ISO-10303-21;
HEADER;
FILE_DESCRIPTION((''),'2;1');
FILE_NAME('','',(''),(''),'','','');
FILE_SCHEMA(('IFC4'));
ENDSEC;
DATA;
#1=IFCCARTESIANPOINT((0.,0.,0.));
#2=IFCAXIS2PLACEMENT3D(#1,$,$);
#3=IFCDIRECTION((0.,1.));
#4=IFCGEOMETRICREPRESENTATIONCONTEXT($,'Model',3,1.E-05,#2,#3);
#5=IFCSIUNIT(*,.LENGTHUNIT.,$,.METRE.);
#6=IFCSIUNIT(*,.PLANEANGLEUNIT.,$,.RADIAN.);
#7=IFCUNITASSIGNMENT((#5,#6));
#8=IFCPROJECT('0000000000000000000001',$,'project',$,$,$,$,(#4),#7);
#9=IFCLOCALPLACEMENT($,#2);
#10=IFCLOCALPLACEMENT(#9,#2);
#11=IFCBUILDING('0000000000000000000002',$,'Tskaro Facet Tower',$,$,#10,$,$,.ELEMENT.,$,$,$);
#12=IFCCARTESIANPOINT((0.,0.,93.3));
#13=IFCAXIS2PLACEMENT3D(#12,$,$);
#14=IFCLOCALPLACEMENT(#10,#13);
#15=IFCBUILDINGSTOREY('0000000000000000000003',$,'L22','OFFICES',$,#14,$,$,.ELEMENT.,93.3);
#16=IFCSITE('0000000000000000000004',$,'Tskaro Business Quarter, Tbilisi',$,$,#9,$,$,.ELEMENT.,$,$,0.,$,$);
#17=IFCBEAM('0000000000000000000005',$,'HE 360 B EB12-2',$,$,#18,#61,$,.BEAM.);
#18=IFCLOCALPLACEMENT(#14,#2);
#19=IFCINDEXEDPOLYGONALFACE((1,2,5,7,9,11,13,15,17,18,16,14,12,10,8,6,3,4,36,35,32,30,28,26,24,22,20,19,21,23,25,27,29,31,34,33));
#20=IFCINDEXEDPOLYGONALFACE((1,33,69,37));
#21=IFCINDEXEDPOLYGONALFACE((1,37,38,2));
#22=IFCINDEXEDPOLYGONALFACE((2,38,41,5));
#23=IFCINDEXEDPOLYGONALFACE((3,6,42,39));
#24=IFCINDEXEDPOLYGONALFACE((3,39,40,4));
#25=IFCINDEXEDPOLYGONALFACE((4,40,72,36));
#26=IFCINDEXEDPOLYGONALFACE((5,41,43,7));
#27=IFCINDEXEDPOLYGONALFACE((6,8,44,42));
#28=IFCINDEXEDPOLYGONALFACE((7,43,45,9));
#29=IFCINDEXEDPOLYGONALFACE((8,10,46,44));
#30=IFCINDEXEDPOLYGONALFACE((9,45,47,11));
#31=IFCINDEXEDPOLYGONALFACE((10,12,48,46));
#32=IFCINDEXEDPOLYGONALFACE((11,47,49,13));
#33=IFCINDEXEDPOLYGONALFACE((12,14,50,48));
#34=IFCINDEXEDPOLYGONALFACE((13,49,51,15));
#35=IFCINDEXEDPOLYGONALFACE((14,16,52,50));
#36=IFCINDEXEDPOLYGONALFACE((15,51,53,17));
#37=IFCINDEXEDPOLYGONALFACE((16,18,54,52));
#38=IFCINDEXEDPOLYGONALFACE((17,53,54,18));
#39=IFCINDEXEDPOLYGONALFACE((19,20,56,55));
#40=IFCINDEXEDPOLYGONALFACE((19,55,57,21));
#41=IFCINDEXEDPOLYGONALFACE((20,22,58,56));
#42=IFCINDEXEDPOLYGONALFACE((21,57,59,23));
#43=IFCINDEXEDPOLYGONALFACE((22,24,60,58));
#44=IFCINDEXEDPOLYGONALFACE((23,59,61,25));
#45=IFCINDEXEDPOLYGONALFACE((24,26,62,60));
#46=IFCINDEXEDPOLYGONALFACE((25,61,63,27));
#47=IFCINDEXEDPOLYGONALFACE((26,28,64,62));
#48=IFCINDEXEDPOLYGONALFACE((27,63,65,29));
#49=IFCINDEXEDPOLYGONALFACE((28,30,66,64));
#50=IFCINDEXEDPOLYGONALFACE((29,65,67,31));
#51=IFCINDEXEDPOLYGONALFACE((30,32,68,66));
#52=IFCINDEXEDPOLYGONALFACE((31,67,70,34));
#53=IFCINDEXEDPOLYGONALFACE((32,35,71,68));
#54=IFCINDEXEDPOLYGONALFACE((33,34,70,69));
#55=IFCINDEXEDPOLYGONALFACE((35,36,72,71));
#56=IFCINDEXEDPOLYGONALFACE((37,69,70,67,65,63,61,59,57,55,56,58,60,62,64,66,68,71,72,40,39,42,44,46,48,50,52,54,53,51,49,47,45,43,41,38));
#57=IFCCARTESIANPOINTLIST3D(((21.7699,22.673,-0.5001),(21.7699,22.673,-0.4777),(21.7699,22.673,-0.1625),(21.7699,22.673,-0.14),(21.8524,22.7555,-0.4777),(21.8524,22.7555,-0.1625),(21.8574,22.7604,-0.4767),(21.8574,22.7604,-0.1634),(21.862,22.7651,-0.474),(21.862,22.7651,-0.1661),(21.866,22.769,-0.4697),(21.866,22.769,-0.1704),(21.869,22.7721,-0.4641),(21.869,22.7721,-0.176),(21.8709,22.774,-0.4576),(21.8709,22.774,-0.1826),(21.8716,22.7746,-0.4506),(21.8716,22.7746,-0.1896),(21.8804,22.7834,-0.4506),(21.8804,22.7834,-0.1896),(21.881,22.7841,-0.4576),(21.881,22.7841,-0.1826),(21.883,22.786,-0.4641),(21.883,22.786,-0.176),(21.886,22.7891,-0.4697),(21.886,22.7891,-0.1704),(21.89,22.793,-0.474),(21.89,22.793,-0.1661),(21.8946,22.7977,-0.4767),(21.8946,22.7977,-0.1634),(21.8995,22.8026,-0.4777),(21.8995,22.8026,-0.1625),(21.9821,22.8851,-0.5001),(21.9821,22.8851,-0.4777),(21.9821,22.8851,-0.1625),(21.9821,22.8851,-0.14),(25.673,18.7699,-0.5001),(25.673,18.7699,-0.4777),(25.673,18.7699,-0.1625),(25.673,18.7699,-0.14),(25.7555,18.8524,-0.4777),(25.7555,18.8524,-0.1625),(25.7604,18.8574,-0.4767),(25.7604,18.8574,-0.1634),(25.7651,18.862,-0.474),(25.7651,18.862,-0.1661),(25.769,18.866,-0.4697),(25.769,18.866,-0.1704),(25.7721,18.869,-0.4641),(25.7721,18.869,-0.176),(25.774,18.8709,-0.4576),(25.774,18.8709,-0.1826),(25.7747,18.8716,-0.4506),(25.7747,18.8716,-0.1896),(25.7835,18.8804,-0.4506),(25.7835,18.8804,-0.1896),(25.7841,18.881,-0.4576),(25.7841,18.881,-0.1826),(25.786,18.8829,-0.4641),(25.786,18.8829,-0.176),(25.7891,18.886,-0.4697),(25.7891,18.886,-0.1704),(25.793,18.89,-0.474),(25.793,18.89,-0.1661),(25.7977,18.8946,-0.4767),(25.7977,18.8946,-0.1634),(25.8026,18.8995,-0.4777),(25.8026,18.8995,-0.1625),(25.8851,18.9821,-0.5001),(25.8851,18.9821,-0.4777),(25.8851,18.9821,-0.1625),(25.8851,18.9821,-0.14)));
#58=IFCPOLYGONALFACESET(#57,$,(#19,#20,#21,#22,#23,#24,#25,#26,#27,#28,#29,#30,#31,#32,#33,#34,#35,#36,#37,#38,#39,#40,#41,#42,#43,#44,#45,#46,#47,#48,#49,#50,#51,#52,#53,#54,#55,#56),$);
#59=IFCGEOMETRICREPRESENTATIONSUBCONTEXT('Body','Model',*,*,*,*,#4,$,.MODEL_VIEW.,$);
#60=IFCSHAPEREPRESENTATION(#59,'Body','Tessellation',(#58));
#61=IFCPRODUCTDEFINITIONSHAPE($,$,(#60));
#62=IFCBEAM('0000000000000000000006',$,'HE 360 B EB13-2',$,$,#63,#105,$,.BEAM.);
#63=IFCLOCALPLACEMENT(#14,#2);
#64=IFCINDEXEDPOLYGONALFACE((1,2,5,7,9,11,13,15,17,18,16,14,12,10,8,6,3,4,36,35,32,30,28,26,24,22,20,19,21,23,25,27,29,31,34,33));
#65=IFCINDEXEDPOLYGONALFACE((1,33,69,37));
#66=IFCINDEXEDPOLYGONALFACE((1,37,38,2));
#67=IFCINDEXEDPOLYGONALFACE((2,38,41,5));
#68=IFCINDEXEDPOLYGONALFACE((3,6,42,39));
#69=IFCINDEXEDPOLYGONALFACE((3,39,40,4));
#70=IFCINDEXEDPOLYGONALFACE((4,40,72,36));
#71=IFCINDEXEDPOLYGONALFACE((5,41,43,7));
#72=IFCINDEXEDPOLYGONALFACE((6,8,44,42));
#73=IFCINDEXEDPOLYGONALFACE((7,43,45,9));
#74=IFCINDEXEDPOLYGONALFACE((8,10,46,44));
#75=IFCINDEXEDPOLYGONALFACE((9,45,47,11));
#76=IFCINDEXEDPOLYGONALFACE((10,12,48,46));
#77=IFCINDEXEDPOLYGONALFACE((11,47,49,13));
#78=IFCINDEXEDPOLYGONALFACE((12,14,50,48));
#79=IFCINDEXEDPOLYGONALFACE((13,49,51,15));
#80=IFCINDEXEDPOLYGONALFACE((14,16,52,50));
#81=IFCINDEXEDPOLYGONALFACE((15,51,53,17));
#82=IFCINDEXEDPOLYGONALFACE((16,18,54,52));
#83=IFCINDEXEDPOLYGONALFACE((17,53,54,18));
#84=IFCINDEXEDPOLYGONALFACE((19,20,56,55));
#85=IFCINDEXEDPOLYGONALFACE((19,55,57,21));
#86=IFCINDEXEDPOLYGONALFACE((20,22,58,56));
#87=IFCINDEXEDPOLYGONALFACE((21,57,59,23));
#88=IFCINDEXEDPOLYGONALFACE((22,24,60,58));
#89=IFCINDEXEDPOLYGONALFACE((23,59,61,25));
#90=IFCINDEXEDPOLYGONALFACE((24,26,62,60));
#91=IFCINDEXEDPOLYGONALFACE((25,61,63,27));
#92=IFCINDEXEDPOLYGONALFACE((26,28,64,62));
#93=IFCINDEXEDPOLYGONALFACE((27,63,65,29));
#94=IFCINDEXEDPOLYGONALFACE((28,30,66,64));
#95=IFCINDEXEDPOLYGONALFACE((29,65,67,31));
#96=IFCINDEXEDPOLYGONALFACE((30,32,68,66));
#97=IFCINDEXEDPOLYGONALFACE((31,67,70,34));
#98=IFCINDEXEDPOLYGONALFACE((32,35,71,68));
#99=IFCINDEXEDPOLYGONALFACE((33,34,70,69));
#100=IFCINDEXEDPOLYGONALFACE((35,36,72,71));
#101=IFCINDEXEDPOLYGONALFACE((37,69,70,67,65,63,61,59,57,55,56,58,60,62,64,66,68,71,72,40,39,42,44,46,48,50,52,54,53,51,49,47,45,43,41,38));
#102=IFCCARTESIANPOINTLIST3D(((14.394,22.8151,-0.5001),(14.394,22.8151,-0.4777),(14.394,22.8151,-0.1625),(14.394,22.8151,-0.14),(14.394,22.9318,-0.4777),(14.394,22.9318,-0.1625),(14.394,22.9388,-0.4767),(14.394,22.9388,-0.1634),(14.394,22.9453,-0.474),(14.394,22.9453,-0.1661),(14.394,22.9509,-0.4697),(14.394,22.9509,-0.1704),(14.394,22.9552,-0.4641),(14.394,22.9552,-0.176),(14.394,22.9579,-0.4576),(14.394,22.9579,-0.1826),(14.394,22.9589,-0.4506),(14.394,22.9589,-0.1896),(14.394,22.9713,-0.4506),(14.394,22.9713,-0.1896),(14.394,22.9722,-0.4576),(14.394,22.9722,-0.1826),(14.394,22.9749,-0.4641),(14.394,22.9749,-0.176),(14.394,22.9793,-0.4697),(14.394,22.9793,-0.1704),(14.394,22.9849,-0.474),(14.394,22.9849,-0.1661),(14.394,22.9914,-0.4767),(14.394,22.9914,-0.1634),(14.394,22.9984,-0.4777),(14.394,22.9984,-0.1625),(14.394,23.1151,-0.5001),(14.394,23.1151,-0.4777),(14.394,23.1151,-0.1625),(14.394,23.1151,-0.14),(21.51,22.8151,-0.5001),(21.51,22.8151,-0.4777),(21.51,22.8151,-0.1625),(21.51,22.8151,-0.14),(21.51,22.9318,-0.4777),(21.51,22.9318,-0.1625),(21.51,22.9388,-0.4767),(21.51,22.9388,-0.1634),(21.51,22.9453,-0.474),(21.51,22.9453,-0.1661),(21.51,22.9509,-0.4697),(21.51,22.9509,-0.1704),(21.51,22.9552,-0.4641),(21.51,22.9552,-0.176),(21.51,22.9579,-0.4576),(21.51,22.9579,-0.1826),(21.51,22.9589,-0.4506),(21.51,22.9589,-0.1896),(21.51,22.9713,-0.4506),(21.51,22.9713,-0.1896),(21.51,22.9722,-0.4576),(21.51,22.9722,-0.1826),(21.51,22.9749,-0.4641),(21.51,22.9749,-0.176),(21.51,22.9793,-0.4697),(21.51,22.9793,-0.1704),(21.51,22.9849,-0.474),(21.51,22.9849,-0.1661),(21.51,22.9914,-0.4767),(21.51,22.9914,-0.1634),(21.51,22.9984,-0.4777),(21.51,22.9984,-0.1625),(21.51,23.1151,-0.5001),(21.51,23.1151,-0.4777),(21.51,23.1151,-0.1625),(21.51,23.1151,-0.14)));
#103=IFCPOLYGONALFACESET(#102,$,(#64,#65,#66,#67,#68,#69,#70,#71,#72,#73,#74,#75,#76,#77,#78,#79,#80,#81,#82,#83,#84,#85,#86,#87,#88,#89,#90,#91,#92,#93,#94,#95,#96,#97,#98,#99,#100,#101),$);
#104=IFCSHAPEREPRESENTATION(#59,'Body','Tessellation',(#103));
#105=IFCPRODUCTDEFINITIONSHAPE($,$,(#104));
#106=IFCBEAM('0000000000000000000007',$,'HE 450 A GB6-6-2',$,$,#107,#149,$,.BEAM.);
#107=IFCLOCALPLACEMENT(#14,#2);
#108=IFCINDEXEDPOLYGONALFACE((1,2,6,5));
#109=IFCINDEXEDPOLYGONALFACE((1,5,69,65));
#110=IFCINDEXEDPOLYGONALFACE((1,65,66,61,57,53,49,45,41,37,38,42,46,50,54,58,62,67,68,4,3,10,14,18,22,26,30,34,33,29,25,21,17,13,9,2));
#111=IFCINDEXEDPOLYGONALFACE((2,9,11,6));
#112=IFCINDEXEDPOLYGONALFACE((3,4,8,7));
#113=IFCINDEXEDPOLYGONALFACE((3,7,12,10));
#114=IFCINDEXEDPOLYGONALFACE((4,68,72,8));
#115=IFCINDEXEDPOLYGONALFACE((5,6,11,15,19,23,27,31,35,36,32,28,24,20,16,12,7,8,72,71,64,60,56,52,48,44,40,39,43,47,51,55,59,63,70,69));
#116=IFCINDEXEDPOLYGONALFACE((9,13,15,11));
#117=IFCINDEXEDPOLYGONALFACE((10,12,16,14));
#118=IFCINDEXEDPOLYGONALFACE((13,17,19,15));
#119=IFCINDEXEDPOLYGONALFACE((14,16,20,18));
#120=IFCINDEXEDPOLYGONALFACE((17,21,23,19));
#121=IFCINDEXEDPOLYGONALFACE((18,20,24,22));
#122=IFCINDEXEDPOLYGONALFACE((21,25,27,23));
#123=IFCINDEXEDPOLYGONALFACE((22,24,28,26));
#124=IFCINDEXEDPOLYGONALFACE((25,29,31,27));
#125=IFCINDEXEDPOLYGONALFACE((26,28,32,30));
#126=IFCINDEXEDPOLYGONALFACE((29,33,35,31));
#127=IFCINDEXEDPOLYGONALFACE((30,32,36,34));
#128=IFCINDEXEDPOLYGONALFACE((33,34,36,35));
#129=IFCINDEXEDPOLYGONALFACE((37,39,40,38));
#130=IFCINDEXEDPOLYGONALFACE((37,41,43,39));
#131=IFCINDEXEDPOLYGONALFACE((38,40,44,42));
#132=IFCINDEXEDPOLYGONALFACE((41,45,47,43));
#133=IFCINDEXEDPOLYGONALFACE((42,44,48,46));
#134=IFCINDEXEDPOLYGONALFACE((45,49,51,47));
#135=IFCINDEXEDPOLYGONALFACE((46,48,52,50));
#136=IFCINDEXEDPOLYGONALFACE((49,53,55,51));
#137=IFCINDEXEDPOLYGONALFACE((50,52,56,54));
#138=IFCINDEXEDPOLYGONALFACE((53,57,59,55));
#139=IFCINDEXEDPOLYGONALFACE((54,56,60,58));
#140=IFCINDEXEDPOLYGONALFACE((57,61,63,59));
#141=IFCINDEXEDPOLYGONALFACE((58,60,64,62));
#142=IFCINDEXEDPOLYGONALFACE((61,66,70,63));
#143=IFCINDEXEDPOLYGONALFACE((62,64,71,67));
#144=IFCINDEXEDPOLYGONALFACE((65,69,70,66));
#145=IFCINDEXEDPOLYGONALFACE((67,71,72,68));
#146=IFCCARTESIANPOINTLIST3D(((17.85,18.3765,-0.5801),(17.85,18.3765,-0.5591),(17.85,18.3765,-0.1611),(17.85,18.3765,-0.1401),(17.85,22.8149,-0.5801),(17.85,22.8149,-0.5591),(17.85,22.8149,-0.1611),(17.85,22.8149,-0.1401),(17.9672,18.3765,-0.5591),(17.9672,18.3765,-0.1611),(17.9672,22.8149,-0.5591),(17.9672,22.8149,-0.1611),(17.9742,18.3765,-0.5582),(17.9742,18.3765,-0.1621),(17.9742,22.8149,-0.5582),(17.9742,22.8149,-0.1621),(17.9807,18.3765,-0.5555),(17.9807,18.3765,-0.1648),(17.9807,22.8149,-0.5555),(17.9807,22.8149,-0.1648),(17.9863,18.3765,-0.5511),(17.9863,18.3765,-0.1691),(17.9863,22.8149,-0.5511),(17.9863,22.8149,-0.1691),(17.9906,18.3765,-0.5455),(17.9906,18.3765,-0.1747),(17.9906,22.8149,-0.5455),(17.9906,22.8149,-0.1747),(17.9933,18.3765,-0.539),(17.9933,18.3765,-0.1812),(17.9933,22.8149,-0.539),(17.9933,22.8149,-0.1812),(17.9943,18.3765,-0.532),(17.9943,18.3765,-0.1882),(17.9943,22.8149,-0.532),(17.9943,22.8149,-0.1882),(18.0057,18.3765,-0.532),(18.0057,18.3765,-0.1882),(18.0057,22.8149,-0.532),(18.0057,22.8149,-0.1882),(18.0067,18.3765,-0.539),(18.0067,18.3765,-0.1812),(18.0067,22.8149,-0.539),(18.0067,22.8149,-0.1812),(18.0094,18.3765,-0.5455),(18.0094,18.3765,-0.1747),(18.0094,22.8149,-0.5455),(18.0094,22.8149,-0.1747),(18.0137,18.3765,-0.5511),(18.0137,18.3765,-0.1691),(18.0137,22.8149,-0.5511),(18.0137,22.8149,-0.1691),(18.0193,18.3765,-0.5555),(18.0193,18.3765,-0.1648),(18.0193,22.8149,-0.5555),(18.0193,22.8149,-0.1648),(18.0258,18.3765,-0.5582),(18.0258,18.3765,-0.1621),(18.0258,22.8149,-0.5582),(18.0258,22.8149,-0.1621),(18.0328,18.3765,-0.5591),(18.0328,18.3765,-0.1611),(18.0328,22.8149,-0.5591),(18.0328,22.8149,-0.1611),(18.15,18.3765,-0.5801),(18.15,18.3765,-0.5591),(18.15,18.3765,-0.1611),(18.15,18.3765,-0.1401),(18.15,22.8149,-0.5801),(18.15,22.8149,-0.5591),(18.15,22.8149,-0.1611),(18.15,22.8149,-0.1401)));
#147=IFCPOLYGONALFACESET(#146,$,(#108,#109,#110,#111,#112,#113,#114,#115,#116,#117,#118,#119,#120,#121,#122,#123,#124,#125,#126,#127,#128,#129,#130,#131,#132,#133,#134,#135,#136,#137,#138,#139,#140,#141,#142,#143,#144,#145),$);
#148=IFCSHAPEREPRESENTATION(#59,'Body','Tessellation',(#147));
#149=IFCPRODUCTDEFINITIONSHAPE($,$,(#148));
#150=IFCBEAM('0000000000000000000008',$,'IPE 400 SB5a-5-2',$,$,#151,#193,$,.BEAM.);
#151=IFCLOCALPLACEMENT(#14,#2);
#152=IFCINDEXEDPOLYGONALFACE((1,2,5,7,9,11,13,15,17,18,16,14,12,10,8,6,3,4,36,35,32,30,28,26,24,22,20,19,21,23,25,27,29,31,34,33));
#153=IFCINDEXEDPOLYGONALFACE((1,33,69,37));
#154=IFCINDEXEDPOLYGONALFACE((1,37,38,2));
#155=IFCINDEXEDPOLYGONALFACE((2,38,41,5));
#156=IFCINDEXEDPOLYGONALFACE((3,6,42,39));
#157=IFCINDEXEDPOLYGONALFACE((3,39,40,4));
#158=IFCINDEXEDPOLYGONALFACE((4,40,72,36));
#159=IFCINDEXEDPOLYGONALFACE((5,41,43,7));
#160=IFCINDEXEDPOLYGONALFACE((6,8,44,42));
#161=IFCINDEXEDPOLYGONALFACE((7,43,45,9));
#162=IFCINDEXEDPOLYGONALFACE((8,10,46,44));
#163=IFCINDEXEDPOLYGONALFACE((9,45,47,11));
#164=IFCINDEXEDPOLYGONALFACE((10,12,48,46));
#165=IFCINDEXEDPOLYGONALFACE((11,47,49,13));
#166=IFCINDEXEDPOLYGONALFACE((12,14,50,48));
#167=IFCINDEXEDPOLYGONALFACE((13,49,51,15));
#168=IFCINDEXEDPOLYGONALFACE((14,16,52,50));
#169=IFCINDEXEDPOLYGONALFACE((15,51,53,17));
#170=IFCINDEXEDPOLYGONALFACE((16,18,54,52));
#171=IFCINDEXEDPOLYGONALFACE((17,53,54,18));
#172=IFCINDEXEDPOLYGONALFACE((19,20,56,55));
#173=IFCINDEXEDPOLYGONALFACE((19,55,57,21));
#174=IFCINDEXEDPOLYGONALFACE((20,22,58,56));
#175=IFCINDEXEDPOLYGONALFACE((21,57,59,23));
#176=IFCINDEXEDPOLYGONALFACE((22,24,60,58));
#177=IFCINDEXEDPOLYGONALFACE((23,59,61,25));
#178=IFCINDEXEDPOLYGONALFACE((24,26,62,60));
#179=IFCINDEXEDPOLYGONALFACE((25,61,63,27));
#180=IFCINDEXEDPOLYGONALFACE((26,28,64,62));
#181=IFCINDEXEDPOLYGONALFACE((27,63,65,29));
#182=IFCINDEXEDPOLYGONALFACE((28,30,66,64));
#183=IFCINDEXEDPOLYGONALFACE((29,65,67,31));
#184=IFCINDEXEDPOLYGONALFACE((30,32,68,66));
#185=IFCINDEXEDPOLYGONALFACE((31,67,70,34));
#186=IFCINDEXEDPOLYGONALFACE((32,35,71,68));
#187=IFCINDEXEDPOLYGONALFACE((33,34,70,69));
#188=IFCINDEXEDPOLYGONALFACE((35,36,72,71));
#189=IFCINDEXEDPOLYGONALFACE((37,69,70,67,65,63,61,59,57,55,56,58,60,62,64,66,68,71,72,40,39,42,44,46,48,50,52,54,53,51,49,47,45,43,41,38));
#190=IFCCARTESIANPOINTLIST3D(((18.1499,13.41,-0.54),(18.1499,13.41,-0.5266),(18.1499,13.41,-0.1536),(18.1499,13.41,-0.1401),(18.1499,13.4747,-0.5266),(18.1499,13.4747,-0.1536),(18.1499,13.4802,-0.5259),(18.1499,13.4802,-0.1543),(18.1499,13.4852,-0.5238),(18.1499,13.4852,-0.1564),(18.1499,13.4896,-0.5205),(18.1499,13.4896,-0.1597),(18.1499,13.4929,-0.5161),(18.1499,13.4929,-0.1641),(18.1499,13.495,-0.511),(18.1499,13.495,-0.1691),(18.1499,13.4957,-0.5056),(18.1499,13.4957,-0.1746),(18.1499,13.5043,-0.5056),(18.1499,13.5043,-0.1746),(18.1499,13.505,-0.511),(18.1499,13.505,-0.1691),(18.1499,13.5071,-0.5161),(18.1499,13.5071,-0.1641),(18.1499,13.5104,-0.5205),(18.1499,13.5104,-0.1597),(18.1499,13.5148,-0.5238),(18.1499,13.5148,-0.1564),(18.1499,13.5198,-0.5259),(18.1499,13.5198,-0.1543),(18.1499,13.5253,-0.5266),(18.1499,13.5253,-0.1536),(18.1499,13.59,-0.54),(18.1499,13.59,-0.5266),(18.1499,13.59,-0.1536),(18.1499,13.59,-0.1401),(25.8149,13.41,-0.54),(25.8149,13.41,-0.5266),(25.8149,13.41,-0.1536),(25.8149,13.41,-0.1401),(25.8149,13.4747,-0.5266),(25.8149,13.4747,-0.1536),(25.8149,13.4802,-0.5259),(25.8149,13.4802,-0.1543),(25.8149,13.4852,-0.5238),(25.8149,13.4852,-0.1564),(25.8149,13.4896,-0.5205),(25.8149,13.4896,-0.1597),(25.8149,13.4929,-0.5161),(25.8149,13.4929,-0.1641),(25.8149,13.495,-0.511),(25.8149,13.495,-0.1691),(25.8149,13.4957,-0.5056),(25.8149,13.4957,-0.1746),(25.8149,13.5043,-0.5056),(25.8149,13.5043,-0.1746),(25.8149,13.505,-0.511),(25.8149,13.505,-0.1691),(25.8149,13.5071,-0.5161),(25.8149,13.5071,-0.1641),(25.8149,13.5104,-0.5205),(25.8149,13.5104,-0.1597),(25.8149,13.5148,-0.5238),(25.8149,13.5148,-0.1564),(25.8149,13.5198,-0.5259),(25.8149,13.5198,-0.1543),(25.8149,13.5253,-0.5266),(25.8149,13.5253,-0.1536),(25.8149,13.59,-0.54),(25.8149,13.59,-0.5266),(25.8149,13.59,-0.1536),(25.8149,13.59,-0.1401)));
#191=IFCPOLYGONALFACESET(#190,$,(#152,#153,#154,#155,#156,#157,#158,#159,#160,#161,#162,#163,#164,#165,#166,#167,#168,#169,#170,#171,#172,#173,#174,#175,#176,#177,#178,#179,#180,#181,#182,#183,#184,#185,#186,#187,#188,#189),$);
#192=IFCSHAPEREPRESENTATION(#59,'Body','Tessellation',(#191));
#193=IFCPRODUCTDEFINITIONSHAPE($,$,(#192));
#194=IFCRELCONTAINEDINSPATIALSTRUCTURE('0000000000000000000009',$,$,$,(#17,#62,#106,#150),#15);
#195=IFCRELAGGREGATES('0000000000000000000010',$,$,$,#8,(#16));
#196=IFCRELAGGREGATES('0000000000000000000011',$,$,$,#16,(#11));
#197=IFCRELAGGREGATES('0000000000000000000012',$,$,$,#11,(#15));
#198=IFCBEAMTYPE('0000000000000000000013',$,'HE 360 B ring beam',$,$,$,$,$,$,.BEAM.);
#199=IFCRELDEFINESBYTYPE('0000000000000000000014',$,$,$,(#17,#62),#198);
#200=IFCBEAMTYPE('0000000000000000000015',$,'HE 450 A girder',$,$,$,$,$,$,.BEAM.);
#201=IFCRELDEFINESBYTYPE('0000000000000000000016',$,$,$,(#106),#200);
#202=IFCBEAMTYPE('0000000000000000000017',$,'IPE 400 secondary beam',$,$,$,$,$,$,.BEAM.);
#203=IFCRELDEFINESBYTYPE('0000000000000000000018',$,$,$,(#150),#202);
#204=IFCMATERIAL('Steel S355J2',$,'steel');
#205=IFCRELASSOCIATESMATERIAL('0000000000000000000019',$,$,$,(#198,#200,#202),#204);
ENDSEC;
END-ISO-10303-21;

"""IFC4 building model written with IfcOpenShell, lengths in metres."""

from ifc_helpers import new_model, si_unit, direction, frame, origin, origin_2d, place, context, subcontext, project, spatial, i_section, extrude, material, material_profile, profile_set, type_object, element, save


model = new_model("IFC4")

# Units and contexts
model_context = context("Model", 3, precision=1e-05, world=origin(), true_north=direction((0.0, 1.0)))
body_context = subcontext(model_context, "Body", "Model", "MODEL_VIEW")
ifc_project = project(units=[si_unit("LENGTHUNIT", "METRE"), si_unit("PLANEANGLEUNIT", "RADIAN")], contexts=[model_context])

# Site, building, storey
site_placement = place(None, origin())
site = spatial("IfcSite", under=ifc_project, at=site_placement, Name="Tskaro Business Quarter, Tbilisi", CompositionType="ELEMENT", RefElevation=0.0)
building_placement = place(site_placement, origin())
building = spatial("IfcBuilding", under=site, at=building_placement, Name="Tskaro Facet Tower", CompositionType="ELEMENT")
storey_placement = place(building_placement, frame((0.0, 0.0, 93.3)))
storey = spatial("IfcBuildingStorey", under=building, at=storey_placement, Name="L22", Description="OFFICES", CompositionType="ELEMENT", Elevation=93.3)

# Beams
ifc_material_1 = material(Name="Steel S355J2", Category="steel")
ifc_material_profile_1 = material_profile(ifc_material_1, i_section(OverallWidth=0.3, OverallDepth=0.3601, WebThickness=0.0125, FlangeThickness=0.0225, FilletRadius=0.0271, at=origin_2d()), Name="HE 360 B")
ifc_profile_set_1 = profile_set([ifc_material_profile_1], Name="Steel S355J2")
beam_type_1 = type_object("IfcBeamType", Name="HE 360 B ring beam", PredefinedType="BEAM", material=ifc_profile_set_1)
beam_1_placement = place(storey_placement, frame((25.7791, 18.876, -0.3201), z_axis=(-0.707107, 0.707107, 0.0), x_axis=(-0.707107, -0.707107, 0.0)))
element("IfcBeam", 1, at=beam_1_placement, inside=storey, type_object=beam_type_1, Name="HE 360 B EB12-2", PredefinedType="BEAM", context=body_context, shape_type="SweptSolid", body=[
    extrude(i_section(OverallWidth=0.3, OverallDepth=0.3601, WebThickness=0.0125, FlangeThickness=0.0225, FilletRadius=0.0271, at=origin_2d()), origin(), (0.0, 0.0, 1.0), 5.5198),
])
beam_2_placement = place(storey_placement, frame((21.51, 22.9651, -0.3201), z_axis=(-1.0, 0.0, 0.0), x_axis=(0.0, -1.0, 0.0)))
element("IfcBeam", 2, at=beam_2_placement, inside=storey, type_object=beam_type_1, Name="HE 360 B EB13-2", PredefinedType="BEAM", context=body_context, shape_type="SweptSolid", body=[
    extrude(i_section(OverallWidth=0.3, OverallDepth=0.3601, WebThickness=0.0125, FlangeThickness=0.0225, FilletRadius=0.0271, at=origin_2d()), origin(), (0.0, 0.0, 1.0), 7.116),
])
ifc_material_profile_2 = material_profile(ifc_material_1, i_section(OverallWidth=0.3, OverallDepth=0.4399, WebThickness=0.0115, FlangeThickness=0.021, FilletRadius=0.0271, at=origin_2d()), Name="HE 450 A")
ifc_profile_set_2 = profile_set([ifc_material_profile_2], Name="Steel S355J2")
beam_type_2 = type_object("IfcBeamType", Name="HE 450 A girder", PredefinedType="BEAM", material=ifc_profile_set_2)
beam_3_placement = place(storey_placement, frame((18.0, 18.3765, -0.3601), z_axis=(0.0, 1.0, 0.0), x_axis=(-1.0, 0.0, 0.0)))
element("IfcBeam", 3, at=beam_3_placement, inside=storey, type_object=beam_type_2, Name="HE 450 A GB6-6-2", PredefinedType="BEAM", context=body_context, shape_type="SweptSolid", body=[
    extrude(i_section(OverallWidth=0.3, OverallDepth=0.4399, WebThickness=0.0115, FlangeThickness=0.021, FilletRadius=0.0271, at=origin_2d()), origin(), (0.0, 0.0, 1.0), 4.4385),
])
ifc_material_profile_3 = material_profile(ifc_material_1, i_section(OverallWidth=0.1799, OverallDepth=0.3999, WebThickness=0.0085, FlangeThickness=0.0134, FilletRadius=0.021, at=origin_2d()), Name="IPE 400")
ifc_profile_set_3 = profile_set([ifc_material_profile_3], Name="Steel S355J2")
beam_type_3 = type_object("IfcBeamType", Name="IPE 400 secondary beam", PredefinedType="BEAM", material=ifc_profile_set_3)
beam_4_placement = place(storey_placement, frame((18.1499, 13.5, -0.3401), z_axis=(1.0, 0.0, 0.0), x_axis=(0.0, 1.0, 0.0)))
element("IfcBeam", 4, at=beam_4_placement, inside=storey, type_object=beam_type_3, Name="IPE 400 SB5a-5-2", PredefinedType="BEAM", context=body_context, shape_type="SweptSolid", body=[
    extrude(i_section(OverallWidth=0.1799, OverallDepth=0.3999, WebThickness=0.0085, FlangeThickness=0.0134, FilletRadius=0.021, at=origin_2d()), origin(), (0.0, 0.0, 1.0), 7.665),
])

save(model, "model.ifc")
